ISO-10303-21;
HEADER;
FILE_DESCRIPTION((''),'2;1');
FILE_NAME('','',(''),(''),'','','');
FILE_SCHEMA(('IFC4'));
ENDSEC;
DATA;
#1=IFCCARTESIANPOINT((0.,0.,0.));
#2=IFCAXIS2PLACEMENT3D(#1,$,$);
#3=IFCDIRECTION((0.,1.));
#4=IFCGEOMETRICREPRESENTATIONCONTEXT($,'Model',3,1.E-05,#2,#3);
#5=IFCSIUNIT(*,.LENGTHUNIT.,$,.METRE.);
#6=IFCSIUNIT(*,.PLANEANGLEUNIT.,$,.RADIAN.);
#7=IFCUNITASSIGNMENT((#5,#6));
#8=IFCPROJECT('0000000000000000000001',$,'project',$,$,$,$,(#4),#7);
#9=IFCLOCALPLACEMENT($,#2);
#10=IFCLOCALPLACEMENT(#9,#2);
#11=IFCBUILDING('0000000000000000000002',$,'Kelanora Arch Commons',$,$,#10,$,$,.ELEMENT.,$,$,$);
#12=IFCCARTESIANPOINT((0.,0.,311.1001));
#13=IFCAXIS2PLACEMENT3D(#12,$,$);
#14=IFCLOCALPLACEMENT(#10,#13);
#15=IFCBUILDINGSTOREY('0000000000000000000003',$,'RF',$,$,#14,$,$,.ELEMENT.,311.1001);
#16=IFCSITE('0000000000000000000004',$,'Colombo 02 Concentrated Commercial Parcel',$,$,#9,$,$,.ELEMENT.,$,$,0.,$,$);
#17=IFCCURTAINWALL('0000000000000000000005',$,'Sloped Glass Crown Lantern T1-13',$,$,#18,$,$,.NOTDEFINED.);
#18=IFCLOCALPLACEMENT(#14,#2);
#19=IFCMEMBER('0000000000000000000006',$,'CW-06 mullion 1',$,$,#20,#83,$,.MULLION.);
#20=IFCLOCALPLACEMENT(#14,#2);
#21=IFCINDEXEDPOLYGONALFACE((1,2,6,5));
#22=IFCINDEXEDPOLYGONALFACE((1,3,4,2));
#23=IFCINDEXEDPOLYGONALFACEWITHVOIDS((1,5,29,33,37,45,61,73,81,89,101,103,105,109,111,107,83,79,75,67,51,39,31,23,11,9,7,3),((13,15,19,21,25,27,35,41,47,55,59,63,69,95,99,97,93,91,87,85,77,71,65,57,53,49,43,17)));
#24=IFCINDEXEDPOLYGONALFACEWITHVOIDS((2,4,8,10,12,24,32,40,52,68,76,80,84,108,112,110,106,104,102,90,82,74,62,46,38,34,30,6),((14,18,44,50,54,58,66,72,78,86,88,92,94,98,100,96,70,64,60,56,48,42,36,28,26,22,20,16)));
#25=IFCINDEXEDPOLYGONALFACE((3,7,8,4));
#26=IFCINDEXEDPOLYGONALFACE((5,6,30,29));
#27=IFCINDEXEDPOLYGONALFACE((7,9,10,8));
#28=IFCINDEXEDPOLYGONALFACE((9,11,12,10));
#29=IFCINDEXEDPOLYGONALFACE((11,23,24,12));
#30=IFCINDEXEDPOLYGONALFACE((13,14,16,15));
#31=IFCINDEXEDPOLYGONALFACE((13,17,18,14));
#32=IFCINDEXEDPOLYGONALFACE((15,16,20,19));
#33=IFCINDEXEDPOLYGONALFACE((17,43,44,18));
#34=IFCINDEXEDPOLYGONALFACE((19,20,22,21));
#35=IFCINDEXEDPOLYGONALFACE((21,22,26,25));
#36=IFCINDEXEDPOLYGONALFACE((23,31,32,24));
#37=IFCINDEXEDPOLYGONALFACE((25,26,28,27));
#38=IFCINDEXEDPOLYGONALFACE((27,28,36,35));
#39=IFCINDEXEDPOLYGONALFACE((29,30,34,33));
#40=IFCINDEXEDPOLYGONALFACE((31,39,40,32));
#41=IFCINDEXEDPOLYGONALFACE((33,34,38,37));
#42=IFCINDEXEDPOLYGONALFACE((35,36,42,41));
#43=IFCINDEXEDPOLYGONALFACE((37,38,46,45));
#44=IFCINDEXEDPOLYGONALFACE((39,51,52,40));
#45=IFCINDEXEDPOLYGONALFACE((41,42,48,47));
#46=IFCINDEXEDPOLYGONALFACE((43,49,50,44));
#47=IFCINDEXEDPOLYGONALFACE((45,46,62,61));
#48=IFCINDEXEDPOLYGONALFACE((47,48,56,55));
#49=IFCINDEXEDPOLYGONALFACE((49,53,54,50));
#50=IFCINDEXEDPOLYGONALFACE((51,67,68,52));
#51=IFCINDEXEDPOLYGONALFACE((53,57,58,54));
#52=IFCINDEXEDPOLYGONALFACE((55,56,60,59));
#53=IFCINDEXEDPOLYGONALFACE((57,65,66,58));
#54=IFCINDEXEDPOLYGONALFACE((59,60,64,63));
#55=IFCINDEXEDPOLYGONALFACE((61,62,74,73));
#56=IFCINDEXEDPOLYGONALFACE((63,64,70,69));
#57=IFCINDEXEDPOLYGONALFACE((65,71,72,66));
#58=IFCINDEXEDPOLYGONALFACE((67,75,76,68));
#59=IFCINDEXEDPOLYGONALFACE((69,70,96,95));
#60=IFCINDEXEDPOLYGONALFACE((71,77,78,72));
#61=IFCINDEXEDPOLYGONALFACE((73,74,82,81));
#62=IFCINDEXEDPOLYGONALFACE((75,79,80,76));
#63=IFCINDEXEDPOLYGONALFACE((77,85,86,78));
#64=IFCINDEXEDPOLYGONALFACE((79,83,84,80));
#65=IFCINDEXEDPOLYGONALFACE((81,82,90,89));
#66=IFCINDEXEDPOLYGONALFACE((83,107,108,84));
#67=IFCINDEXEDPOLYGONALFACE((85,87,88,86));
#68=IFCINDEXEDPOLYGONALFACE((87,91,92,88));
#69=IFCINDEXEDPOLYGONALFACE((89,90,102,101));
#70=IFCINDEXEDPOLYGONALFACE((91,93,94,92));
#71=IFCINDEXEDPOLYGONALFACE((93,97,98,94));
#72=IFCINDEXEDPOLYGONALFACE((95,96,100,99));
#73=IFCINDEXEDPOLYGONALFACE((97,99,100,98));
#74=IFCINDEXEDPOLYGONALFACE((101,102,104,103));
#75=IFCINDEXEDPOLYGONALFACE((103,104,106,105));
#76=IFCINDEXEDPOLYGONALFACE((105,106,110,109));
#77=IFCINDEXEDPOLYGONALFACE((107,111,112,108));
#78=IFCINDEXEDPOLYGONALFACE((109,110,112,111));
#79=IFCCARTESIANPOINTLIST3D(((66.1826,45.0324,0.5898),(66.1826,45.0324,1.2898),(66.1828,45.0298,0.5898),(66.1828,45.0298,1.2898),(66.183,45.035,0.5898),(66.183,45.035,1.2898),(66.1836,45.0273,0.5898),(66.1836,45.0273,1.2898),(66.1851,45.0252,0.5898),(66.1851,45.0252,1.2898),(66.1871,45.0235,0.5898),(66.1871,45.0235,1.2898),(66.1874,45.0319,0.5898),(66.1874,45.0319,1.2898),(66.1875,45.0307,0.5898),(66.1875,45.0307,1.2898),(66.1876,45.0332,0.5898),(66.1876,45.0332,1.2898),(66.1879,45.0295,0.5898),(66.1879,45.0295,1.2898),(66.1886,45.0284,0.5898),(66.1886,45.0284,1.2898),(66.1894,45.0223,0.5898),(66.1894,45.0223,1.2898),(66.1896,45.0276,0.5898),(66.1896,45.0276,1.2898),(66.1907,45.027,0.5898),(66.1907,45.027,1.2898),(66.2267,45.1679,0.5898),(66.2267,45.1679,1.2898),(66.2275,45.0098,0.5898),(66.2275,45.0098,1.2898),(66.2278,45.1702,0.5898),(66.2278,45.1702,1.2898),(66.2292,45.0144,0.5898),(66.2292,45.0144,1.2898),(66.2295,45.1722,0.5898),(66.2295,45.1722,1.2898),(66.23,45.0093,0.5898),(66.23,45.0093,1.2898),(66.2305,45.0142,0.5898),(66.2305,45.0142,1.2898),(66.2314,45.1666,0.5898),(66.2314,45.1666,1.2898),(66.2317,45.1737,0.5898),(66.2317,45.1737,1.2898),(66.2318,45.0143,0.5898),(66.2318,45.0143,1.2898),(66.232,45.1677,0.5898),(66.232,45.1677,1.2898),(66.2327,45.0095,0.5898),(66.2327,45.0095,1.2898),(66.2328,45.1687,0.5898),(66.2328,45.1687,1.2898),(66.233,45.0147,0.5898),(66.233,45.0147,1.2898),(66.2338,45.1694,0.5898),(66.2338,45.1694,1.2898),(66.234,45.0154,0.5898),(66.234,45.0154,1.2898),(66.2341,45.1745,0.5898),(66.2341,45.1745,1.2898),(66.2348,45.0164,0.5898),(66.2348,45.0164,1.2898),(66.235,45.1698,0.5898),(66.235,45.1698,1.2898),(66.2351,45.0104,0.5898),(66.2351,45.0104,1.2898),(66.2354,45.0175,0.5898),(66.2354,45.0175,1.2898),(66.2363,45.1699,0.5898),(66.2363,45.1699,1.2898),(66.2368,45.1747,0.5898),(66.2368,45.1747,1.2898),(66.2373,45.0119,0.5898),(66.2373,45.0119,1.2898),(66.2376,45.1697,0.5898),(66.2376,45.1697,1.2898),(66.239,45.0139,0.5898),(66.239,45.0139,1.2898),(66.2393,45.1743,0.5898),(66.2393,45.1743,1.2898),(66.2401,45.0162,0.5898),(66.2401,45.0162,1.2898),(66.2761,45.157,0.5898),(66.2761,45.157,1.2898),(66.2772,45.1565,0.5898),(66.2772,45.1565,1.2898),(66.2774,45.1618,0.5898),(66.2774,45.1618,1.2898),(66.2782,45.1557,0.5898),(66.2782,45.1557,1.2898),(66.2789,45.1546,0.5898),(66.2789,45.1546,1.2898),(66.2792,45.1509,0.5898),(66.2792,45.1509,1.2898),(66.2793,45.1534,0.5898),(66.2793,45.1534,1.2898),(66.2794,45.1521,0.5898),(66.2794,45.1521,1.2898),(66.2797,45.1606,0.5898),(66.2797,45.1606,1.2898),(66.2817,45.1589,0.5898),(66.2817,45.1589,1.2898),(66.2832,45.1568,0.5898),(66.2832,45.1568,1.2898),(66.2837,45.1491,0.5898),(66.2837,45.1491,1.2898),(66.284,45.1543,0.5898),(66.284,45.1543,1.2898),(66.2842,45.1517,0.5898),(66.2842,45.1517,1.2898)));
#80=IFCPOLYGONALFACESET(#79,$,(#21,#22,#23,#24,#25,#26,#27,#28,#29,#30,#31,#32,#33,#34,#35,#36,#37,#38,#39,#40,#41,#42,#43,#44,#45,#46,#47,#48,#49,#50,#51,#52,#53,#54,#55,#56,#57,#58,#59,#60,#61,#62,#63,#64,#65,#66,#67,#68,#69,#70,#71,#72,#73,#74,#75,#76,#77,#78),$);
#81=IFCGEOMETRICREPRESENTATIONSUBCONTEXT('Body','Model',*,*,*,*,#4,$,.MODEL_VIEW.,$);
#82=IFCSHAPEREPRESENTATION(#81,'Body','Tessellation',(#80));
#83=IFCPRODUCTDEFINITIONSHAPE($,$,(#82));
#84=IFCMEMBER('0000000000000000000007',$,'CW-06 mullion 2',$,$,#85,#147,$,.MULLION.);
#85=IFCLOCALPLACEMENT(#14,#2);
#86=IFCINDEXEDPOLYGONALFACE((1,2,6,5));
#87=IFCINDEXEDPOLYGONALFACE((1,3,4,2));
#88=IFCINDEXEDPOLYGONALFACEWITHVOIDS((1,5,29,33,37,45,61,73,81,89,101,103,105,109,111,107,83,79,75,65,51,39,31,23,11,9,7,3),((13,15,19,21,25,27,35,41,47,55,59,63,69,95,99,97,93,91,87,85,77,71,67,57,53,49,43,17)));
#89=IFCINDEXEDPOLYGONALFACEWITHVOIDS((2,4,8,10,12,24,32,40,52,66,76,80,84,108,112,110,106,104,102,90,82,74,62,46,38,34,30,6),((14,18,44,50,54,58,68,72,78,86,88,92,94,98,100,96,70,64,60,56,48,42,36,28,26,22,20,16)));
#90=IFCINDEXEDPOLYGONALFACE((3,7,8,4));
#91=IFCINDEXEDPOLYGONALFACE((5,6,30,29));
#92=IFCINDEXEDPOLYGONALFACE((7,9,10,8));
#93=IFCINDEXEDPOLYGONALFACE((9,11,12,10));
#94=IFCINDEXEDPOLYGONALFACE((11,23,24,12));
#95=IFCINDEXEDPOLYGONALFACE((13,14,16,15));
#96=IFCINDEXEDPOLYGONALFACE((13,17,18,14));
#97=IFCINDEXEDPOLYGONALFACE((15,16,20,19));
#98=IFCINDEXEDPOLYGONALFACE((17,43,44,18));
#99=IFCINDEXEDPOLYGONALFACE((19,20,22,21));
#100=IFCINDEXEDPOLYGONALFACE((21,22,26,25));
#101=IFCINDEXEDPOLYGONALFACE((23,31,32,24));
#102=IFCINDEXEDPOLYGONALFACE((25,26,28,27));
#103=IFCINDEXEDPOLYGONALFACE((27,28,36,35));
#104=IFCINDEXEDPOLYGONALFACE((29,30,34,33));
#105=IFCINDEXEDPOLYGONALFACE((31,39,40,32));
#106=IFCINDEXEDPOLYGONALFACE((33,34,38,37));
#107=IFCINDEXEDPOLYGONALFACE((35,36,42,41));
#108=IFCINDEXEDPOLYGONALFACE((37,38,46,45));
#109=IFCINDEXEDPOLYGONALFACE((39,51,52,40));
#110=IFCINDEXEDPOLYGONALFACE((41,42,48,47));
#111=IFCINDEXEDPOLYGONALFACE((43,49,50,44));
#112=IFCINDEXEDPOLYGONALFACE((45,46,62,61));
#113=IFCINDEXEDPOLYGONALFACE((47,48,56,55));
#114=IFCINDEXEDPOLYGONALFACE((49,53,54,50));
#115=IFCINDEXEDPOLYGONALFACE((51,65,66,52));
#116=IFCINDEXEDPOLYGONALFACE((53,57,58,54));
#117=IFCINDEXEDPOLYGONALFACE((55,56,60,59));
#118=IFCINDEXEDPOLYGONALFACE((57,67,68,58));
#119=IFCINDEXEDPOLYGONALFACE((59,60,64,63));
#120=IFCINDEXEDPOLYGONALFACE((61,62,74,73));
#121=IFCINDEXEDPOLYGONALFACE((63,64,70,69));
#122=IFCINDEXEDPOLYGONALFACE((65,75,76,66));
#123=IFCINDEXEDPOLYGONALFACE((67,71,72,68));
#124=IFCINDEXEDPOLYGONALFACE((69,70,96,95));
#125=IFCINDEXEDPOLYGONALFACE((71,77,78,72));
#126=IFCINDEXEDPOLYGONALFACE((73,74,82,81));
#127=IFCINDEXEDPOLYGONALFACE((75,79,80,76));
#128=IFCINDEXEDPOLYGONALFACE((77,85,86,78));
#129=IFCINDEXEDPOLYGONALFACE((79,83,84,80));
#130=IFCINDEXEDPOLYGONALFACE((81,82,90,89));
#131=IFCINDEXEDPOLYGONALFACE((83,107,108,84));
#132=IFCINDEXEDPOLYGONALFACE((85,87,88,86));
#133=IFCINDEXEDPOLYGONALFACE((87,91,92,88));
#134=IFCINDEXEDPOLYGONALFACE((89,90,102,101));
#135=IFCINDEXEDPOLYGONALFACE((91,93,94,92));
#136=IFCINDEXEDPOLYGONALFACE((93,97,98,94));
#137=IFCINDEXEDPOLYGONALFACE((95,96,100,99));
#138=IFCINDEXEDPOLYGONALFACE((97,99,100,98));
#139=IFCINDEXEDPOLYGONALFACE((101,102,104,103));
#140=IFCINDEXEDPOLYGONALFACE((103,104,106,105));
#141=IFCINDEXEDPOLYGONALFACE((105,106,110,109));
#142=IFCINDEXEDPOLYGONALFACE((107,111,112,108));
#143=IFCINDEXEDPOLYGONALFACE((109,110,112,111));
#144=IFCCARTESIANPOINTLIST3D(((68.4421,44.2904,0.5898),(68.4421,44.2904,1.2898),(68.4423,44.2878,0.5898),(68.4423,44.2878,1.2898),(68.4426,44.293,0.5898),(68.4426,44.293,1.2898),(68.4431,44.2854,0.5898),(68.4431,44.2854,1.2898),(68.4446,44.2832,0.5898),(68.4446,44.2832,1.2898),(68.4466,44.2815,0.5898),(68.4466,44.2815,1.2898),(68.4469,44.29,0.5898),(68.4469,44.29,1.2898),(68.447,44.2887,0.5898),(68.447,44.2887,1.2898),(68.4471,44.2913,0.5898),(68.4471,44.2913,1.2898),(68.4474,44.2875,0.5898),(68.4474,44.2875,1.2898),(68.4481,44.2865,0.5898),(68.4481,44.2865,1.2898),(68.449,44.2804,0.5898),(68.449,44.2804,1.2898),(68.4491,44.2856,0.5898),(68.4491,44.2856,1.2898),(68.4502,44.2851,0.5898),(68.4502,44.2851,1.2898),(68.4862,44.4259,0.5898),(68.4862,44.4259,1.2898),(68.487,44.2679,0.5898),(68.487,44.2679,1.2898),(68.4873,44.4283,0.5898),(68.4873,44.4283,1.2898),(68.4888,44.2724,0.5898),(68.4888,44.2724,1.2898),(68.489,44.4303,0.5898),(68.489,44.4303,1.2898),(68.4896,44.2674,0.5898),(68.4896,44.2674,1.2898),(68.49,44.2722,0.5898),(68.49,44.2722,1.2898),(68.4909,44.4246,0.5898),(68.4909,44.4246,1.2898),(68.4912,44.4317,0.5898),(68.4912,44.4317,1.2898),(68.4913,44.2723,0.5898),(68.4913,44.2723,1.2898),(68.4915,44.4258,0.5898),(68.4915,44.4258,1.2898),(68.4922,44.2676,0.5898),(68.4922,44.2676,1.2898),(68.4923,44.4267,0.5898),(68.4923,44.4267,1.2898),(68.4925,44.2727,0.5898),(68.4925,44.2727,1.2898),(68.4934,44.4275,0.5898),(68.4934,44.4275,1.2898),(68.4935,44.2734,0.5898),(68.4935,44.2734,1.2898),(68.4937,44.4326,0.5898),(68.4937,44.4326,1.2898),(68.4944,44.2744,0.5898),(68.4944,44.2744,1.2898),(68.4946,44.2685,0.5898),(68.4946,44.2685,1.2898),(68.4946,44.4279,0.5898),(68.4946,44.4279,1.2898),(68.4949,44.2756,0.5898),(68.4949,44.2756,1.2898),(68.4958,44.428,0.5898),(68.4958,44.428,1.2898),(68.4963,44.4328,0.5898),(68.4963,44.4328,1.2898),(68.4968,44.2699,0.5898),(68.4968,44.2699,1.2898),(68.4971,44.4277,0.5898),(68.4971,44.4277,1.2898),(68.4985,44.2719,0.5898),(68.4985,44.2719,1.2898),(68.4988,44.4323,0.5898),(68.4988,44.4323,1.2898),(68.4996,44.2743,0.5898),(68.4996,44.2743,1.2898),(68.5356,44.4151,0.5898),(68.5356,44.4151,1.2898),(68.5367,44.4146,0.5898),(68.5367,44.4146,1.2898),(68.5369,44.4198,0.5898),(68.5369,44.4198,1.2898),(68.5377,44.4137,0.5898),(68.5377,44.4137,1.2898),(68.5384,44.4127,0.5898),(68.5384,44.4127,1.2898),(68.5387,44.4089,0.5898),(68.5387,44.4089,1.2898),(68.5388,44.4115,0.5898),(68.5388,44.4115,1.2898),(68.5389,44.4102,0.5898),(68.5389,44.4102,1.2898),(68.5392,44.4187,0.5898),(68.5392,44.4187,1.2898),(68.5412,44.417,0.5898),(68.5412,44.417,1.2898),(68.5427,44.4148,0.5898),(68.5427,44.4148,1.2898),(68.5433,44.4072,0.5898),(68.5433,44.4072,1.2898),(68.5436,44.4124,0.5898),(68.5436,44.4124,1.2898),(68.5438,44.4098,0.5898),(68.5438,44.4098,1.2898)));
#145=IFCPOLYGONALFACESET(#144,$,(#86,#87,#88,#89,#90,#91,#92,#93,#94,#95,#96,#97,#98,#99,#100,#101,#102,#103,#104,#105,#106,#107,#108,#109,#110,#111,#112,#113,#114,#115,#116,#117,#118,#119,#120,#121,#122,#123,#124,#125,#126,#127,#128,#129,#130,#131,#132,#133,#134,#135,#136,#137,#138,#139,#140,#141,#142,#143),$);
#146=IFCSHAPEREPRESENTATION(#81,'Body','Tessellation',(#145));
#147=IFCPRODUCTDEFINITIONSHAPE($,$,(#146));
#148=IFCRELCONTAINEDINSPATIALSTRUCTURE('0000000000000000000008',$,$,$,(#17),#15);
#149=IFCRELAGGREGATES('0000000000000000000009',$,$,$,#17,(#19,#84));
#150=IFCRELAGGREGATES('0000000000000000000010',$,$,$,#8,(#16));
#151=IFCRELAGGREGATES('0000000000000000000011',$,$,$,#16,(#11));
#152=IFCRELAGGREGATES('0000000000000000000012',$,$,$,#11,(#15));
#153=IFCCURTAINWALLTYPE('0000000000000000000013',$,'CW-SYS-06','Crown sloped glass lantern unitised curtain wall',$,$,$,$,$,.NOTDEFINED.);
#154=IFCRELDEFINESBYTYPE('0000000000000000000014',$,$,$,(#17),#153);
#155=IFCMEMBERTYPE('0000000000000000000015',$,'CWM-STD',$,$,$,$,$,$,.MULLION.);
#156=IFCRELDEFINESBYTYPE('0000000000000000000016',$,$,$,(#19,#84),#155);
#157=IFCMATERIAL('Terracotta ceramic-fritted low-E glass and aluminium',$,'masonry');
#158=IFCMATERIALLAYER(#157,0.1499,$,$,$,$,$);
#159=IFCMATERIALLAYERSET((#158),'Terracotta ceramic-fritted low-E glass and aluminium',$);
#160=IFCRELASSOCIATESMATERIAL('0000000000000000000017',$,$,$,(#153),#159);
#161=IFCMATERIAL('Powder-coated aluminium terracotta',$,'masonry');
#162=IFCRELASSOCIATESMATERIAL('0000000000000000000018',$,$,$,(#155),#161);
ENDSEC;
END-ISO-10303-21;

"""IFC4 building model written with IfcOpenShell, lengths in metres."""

from ifc_helpers import new_model, si_unit, direction, frame, origin, origin_2d, place, context, subcontext, project, spatial, hollow_rectangle, extrude, material, layer, layer_set, material_profile, profile_set, type_object, element, aggregate, save


model = new_model("IFC4")

# Units and contexts
model_context = context("Model", 3, precision=1e-05, world=origin(), true_north=direction((0.0, 1.0)))
body_context = subcontext(model_context, "Body", "Model", "MODEL_VIEW")
ifc_project = project(units=[si_unit("LENGTHUNIT", "METRE"), si_unit("PLANEANGLEUNIT", "RADIAN")], contexts=[model_context])

# Site, building, storey
site_placement = place(None, origin())
site = spatial("IfcSite", under=ifc_project, at=site_placement, Name="Colombo 02 Concentrated Commercial Parcel", CompositionType="ELEMENT", RefElevation=0.0)
building_placement = place(site_placement, origin())
building = spatial("IfcBuilding", under=site, at=building_placement, Name="Kelanora Arch Commons", CompositionType="ELEMENT")
storey_placement = place(building_placement, frame((0.0, 0.0, 311.1001)))
storey = spatial("IfcBuildingStorey", under=building, at=storey_placement, Name="RF", CompositionType="ELEMENT", Elevation=311.1001)

# Curtain wall, members
ifc_material_1 = material(Name="Terracotta ceramic-fritted low-E glass and aluminium", Category="masonry")
ifc_layer_1 = layer(ifc_material_1, 0.1499)
ifc_layer_set_1 = layer_set([ifc_layer_1], Name="Terracotta ceramic-fritted low-E glass and aluminium")
curtain_wall_type = type_object("IfcCurtainWallType", Name="CW-SYS-06", Description="Crown sloped glass lantern unitised curtain wall", PredefinedType="NOTDEFINED", material=ifc_layer_set_1)
curtain_wall_1_placement = place(storey_placement, origin())
curtain_wall_1 = element("IfcCurtainWall", 1, at=curtain_wall_1_placement, inside=storey, type_object=curtain_wall_type, Name="Sloped Glass Crown Lantern T1-13", PredefinedType="NOTDEFINED")
ifc_material_2 = material(Name="Powder-coated aluminium terracotta", Category="masonry")
ifc_material_profile_1 = material_profile(ifc_material_2, hollow_rectangle(XDim=0.1599, YDim=0.0601, WallThickness=0.0049, InnerFilletRadius=0.0049, OuterFilletRadius=0.01, at=origin_2d()), Name="CWM160x60")
ifc_profile_set_1 = profile_set([ifc_material_profile_1], Name="Powder-coated aluminium terracotta")
member_type_1 = type_object("IfcMemberType", Name="CWM-STD", PredefinedType="MULLION", material=ifc_profile_set_1)
member_1_placement = place(storey_placement, frame((66.2334, 45.092, 0.5898), z_axis=(0.0, 0.0, 1.0), x_axis=(0.311945, 0.9501, 0.0)))
member_1 = element("IfcMember", 2, at=member_1_placement, type_object=member_type_1, Name="CW-06 mullion 1", PredefinedType="MULLION", context=body_context, shape_type="SweptSolid", body=[
    extrude(hollow_rectangle(XDim=0.1599, YDim=0.0601, WallThickness=0.0049, InnerFilletRadius=0.0049, OuterFilletRadius=0.01, at=origin_2d()), origin(), (0.0, 0.0, 1.0), 0.7),
])
member_2_placement = place(storey_placement, frame((68.4929, 44.3501, 0.5898), z_axis=(0.0, 0.0, 1.0), x_axis=(0.311945, 0.9501, 0.0)))
member_2 = element("IfcMember", 3, at=member_2_placement, type_object=member_type_1, Name="CW-06 mullion 2", PredefinedType="MULLION", context=body_context, shape_type="SweptSolid", body=[
    extrude(hollow_rectangle(XDim=0.1599, YDim=0.0601, WallThickness=0.0049, InnerFilletRadius=0.0049, OuterFilletRadius=0.01, at=origin_2d()), origin(), (0.0, 0.0, 1.0), 0.7),
])

aggregate(curtain_wall_1, [member_1, member_2])

save(model, "model.ifc")
